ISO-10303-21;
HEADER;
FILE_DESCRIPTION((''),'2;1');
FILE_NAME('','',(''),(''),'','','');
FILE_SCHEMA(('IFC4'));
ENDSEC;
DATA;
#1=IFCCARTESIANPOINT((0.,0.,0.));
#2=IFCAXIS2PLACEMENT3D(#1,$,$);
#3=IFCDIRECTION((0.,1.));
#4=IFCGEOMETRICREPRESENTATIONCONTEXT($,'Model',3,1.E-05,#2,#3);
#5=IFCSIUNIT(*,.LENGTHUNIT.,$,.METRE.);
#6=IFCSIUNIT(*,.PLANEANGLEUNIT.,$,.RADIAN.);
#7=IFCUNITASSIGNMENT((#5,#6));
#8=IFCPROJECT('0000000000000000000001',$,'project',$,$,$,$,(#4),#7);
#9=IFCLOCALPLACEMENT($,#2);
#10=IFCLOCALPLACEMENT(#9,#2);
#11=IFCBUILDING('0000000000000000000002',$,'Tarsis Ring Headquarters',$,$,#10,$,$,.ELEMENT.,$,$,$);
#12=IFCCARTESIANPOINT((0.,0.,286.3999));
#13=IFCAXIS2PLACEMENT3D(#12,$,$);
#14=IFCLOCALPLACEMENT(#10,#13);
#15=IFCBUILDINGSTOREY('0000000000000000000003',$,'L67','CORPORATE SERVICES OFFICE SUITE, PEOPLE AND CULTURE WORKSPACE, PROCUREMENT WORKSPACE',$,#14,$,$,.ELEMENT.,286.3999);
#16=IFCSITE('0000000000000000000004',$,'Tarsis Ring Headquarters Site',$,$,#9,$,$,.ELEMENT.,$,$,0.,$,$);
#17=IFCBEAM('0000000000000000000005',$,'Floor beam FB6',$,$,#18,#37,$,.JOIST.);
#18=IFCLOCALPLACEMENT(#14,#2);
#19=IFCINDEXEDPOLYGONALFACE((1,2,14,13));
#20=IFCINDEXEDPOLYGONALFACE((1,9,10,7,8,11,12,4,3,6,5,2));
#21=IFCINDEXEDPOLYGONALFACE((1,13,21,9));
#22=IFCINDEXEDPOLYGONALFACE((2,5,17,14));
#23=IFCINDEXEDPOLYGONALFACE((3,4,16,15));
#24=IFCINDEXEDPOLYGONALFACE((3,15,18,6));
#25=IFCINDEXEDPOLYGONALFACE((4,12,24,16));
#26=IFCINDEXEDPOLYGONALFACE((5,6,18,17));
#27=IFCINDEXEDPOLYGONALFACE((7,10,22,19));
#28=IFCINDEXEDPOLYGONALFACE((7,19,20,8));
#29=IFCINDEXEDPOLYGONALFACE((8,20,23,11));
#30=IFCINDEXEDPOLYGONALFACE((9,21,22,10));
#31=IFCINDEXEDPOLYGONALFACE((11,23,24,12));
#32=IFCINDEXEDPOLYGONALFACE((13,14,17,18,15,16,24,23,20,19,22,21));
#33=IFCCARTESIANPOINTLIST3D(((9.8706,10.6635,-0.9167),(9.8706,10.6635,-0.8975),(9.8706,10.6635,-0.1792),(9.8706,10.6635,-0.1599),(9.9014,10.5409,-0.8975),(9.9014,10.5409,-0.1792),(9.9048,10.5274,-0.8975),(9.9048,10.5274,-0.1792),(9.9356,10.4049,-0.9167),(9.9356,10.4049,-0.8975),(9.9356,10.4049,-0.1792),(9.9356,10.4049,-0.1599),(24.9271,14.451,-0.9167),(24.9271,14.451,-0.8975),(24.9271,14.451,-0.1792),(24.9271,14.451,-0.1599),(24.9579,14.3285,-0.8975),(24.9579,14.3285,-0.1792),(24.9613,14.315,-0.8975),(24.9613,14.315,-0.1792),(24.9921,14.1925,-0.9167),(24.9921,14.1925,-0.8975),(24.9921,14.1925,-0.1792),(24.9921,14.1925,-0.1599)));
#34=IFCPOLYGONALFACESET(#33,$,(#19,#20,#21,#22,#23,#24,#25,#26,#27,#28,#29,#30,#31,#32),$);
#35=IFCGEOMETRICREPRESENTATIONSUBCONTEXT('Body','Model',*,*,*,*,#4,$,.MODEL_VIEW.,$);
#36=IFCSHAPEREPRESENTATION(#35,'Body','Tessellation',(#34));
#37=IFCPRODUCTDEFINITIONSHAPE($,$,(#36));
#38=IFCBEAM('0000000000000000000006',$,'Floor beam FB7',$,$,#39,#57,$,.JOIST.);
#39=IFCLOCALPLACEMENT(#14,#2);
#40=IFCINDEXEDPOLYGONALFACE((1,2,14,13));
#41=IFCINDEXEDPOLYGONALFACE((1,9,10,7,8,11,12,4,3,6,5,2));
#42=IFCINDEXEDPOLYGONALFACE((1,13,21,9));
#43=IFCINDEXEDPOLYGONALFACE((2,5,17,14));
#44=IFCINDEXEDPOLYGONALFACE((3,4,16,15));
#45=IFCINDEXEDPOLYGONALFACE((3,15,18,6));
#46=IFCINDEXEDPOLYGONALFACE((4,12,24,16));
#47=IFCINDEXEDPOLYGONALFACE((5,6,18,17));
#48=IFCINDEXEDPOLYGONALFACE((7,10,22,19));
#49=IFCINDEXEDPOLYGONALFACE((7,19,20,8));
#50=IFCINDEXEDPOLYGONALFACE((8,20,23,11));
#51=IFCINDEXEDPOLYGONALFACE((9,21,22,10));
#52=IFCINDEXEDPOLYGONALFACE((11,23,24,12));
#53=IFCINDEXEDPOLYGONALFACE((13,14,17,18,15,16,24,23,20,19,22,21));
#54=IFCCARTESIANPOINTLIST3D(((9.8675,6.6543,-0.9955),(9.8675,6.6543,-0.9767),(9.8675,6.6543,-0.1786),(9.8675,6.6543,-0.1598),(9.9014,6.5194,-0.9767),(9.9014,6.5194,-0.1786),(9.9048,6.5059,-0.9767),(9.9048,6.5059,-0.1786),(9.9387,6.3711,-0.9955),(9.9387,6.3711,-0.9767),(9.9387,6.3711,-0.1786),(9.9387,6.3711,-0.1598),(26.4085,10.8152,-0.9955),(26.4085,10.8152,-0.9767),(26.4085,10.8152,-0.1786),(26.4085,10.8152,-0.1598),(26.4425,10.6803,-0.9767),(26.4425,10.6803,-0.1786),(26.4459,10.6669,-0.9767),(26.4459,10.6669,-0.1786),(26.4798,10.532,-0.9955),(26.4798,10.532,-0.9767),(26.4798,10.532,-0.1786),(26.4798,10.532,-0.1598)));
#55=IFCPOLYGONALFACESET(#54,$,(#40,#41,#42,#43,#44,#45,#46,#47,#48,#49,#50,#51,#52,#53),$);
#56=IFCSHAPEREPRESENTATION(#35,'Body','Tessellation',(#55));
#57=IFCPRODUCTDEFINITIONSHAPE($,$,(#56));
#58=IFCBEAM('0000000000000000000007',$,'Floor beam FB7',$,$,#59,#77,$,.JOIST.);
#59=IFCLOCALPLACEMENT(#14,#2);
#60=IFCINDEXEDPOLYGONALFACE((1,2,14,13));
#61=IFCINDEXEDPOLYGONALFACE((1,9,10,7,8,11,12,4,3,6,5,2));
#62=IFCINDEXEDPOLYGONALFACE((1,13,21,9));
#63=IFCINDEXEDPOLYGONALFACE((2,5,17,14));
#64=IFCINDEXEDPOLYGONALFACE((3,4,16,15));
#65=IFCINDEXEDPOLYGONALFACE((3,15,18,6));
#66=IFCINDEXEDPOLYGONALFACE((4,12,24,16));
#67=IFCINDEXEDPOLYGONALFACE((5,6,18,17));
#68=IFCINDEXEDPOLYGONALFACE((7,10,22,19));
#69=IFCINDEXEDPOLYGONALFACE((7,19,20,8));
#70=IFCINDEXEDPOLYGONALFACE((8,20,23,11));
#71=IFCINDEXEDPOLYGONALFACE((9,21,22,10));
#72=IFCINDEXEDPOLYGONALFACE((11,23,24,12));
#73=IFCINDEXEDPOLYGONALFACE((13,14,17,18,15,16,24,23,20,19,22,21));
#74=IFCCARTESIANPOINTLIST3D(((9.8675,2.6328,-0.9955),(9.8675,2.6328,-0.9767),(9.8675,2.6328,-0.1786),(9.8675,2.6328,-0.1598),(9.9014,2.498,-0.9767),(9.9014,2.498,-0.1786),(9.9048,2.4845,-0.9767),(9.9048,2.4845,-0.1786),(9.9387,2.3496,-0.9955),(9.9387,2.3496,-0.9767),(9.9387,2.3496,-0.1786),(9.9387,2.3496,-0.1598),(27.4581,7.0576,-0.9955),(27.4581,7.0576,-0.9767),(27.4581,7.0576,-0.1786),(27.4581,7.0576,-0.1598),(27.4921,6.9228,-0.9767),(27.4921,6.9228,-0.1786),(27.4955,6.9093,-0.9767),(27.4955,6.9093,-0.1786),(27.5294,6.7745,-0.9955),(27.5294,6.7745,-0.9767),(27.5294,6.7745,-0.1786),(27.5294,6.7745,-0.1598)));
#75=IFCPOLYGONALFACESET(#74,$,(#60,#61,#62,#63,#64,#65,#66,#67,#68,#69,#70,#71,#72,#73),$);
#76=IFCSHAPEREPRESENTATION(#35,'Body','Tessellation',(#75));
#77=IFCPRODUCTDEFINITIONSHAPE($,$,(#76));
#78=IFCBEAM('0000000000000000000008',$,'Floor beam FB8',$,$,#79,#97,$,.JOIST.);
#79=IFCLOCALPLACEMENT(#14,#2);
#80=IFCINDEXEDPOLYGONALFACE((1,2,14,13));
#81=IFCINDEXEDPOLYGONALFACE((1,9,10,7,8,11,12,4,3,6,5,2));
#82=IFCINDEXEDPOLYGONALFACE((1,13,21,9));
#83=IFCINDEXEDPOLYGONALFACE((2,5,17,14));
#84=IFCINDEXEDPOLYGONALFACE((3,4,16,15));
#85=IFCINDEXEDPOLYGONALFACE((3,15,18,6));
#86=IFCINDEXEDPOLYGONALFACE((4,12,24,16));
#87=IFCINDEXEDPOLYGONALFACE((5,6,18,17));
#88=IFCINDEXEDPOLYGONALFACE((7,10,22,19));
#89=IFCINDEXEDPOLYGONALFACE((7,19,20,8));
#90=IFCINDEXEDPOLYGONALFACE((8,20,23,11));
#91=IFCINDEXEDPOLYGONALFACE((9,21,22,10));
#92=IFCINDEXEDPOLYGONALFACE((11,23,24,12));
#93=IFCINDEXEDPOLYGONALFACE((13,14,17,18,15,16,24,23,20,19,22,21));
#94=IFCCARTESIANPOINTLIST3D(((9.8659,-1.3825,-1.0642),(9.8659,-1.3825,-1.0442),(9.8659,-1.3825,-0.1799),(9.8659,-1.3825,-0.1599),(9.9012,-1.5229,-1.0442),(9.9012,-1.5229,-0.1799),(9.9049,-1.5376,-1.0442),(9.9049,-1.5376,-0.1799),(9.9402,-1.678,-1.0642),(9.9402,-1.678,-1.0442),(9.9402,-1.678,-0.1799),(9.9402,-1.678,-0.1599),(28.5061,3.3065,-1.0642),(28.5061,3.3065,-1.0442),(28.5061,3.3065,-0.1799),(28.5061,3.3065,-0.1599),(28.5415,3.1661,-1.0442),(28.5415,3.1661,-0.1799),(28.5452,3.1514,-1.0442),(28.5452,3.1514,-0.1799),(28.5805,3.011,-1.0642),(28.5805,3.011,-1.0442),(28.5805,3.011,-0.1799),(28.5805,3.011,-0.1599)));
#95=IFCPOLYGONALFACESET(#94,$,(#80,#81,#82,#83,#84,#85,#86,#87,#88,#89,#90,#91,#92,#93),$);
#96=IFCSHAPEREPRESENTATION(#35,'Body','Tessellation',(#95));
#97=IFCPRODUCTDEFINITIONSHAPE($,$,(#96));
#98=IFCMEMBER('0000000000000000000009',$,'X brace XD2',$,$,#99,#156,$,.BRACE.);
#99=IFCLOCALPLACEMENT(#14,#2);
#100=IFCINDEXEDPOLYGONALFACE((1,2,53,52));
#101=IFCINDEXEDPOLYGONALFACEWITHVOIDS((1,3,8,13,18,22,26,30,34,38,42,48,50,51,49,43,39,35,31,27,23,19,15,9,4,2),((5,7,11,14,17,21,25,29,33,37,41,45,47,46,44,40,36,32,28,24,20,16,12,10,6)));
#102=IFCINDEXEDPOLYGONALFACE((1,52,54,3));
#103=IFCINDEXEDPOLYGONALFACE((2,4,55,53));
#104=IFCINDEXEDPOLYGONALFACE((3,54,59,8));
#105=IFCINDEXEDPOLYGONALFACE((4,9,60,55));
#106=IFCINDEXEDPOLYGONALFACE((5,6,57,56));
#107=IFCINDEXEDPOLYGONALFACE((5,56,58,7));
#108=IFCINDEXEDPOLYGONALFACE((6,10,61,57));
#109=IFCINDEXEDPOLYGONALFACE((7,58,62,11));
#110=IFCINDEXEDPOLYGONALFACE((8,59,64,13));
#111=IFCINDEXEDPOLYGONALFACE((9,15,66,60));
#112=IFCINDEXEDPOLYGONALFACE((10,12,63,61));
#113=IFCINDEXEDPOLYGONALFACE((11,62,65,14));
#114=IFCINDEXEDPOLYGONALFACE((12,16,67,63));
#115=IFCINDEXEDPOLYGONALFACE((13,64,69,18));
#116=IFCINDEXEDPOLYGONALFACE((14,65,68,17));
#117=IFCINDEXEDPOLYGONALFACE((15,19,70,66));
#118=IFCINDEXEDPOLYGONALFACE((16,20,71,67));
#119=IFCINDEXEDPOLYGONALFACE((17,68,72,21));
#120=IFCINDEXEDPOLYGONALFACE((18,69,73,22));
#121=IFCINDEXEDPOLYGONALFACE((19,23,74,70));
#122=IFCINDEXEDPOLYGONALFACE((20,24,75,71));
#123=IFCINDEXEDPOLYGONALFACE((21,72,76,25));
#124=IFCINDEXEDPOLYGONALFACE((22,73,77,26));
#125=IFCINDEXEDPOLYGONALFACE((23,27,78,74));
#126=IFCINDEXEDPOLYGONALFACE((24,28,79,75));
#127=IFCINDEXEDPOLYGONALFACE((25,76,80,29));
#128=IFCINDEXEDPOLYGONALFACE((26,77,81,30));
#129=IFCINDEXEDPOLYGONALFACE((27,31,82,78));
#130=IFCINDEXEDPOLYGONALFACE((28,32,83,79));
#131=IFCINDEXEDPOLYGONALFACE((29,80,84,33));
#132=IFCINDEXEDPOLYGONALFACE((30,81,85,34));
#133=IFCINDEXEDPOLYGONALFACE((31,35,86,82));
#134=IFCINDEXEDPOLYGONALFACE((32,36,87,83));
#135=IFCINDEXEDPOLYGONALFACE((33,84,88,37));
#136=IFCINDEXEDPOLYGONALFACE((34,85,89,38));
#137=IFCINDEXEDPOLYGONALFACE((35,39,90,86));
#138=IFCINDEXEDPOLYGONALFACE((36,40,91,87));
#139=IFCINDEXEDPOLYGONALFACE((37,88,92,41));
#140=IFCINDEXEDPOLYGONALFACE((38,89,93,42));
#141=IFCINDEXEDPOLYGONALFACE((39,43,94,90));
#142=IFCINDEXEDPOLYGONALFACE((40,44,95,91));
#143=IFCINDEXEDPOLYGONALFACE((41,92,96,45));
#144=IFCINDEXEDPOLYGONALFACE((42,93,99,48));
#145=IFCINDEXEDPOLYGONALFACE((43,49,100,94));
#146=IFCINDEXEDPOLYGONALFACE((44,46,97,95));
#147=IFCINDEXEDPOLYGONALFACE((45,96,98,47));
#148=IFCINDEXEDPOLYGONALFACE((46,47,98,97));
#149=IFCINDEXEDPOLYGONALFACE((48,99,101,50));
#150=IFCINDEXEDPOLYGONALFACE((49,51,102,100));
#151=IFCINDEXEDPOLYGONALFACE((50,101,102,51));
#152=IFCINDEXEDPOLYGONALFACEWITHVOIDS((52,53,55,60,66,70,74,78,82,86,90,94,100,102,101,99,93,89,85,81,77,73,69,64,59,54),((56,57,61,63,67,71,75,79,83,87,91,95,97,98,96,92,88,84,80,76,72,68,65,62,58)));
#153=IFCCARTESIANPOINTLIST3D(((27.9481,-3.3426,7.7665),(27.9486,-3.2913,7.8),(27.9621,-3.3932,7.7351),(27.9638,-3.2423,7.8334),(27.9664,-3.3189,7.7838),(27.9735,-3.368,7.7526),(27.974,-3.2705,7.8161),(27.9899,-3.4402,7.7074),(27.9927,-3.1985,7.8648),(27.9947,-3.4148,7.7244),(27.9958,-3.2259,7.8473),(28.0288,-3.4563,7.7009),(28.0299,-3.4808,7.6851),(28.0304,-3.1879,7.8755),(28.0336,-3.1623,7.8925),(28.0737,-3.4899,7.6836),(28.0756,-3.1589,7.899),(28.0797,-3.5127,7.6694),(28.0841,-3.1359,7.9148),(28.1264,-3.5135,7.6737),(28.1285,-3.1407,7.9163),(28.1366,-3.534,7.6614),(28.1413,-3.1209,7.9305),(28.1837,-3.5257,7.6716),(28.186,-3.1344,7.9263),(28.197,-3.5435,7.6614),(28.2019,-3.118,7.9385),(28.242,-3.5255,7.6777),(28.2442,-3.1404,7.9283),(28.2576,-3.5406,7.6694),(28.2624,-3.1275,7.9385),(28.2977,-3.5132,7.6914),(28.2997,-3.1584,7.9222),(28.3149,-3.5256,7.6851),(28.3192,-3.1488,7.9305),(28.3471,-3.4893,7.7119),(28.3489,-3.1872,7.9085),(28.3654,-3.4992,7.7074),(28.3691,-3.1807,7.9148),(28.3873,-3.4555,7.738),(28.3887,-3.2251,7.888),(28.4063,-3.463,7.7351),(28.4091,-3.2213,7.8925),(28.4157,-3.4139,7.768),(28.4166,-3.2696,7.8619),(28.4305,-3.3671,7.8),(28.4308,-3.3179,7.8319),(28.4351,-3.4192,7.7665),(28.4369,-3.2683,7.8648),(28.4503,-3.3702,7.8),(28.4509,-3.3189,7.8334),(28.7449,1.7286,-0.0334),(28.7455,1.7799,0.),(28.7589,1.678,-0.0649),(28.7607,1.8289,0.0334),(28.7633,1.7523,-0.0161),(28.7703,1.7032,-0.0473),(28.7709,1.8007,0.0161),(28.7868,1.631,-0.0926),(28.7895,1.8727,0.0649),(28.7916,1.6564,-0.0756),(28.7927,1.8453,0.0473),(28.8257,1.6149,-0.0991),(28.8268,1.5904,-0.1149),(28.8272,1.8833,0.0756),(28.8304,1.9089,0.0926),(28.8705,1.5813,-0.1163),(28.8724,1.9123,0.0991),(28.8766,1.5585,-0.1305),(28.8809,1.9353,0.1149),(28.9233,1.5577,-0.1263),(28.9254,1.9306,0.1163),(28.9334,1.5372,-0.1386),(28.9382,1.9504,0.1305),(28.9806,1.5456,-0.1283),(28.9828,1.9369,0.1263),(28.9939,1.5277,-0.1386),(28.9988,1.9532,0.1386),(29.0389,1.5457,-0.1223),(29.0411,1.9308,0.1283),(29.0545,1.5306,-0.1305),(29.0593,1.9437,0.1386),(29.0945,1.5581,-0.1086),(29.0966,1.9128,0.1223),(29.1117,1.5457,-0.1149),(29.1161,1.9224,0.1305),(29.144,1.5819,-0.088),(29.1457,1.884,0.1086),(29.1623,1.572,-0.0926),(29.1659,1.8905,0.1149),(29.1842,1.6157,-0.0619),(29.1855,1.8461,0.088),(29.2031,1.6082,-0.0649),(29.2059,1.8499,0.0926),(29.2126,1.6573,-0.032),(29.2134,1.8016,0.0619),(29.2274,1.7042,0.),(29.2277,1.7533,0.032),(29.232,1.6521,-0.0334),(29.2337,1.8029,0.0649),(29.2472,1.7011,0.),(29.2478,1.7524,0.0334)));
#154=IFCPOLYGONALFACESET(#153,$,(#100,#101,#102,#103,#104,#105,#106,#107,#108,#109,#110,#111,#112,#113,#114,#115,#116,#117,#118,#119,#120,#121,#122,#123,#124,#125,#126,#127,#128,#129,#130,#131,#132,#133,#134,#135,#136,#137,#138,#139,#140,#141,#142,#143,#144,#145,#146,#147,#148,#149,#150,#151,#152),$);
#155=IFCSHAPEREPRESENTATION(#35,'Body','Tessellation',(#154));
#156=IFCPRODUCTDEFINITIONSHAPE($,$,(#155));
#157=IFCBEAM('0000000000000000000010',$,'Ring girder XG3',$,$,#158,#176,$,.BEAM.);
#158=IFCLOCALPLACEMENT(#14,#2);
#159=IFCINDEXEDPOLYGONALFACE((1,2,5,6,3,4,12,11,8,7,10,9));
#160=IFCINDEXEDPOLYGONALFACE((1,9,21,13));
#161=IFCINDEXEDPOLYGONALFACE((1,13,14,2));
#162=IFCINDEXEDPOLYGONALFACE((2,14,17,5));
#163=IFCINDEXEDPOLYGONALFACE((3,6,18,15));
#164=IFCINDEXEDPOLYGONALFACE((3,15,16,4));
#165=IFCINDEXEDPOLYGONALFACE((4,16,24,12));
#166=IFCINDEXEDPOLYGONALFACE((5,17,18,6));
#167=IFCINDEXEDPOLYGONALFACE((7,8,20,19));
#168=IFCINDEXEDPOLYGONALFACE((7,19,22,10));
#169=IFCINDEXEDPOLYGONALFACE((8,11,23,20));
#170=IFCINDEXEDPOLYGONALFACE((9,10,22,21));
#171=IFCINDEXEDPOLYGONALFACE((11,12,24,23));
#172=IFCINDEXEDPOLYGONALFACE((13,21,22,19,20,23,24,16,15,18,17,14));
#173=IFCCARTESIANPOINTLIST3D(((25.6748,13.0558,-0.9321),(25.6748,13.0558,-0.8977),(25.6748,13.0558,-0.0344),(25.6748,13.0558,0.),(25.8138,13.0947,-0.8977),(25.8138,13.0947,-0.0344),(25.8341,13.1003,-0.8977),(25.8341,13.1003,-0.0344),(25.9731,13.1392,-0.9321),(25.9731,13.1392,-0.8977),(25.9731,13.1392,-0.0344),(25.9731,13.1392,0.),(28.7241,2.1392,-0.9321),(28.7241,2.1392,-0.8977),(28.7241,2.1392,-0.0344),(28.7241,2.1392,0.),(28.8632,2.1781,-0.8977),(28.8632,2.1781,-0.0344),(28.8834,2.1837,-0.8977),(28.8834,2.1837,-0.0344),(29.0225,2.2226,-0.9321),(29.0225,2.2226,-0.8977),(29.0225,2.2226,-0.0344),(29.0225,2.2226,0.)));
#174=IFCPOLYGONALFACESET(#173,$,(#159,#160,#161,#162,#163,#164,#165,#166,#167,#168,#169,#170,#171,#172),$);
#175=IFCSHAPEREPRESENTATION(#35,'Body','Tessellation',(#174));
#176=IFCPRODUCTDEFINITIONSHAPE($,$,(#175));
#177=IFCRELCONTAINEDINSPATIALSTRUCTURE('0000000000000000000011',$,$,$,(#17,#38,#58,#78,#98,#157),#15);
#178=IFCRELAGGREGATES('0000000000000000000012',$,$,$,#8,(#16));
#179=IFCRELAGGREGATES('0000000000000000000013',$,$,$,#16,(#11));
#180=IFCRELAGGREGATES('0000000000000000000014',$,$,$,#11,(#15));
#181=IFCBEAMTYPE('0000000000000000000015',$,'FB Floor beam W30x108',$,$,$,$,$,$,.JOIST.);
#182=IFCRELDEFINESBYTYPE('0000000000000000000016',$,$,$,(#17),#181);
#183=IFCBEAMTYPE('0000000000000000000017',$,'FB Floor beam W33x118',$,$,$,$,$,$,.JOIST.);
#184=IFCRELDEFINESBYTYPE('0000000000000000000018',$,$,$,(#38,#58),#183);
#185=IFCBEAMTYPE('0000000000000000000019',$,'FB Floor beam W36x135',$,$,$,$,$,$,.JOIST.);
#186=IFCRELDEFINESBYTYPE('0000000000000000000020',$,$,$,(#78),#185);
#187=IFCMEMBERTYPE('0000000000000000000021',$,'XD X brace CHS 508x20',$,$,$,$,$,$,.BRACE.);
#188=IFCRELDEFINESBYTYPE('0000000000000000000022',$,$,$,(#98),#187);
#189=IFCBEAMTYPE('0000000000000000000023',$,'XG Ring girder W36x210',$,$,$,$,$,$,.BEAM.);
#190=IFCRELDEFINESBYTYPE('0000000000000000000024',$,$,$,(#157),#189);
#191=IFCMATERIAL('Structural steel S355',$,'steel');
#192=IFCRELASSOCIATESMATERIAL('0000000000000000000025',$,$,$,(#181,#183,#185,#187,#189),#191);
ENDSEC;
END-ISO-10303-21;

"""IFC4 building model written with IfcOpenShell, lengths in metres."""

from ifc_helpers import new_model, si_unit, direction, frame, origin, origin_2d, place, context, subcontext, project, spatial, hollow_circle, i_section, extrude, material, material_profile, profile_set, type_object, element, save


model = new_model("IFC4")

# Units and contexts
model_context = context("Model", 3, precision=1e-05, world=origin(), true_north=direction((0.0, 1.0)))
body_context = subcontext(model_context, "Body", "Model", "MODEL_VIEW")
ifc_project = project(units=[si_unit("LENGTHUNIT", "METRE"), si_unit("PLANEANGLEUNIT", "RADIAN")], contexts=[model_context])

# Site, building, storey
site_placement = place(None, origin())
site = spatial("IfcSite", under=ifc_project, at=site_placement, Name="Tarsis Ring Headquarters Site", CompositionType="ELEMENT", RefElevation=0.0)
building_placement = place(site_placement, origin())
building = spatial("IfcBuilding", under=site, at=building_placement, Name="Tarsis Ring Headquarters", CompositionType="ELEMENT")
storey_placement = place(building_placement, frame((0.0, 0.0, 286.3999)))
storey = spatial("IfcBuildingStorey", under=building, at=storey_placement, Name="L67", Description="CORPORATE SERVICES OFFICE SUITE, PEOPLE AND CULTURE WORKSPACE, PROCUREMENT WORKSPACE", CompositionType="ELEMENT", Elevation=286.3999)

# Shared definitions
ifc_material_1 = material(Name="Structural steel S355", Category="steel")

# Beams
ifc_material_profile_1 = material_profile(ifc_material_1, i_section(OverallWidth=0.2666, OverallDepth=0.7568, WebThickness=0.0139, FlangeThickness=0.0193, at=origin_2d()), Name="W30x108")
ifc_profile_set_1 = profile_set([ifc_material_profile_1], Name="Structural steel S355")
beam_type_1 = type_object("IfcBeamType", Name="FB Floor beam W30x108", PredefinedType="JOIST", material=ifc_profile_set_1)
beam_1_placement = place(storey_placement, frame((9.9031, 10.5342, -0.5383), z_axis=(0.969786, 0.243956, 0.0), x_axis=(-0.243956, 0.969786, 0.0)))
element("IfcBeam", 1, at=beam_1_placement, inside=storey, type_object=beam_type_1, Name="Floor beam FB6", PredefinedType="JOIST", context=body_context, shape_type="SweptSolid", body=[
    extrude(i_section(OverallWidth=0.2666, OverallDepth=0.7568, WebThickness=0.0139, FlangeThickness=0.0193, at=origin_2d()), origin(), (0.0, 0.0, 1.0), 15.5256),
])
ifc_material_profile_2 = material_profile(ifc_material_1, i_section(OverallWidth=0.292, OverallDepth=0.8357, WebThickness=0.0139, FlangeThickness=0.0188, at=origin_2d()), Name="W33x118")
ifc_profile_set_2 = profile_set([ifc_material_profile_2], Name="Structural steel S355")
beam_type_2 = type_object("IfcBeamType", Name="FB Floor beam W33x118", PredefinedType="JOIST", material=ifc_profile_set_2)
beam_2_placement = place(storey_placement, frame((9.9031, 6.5127, -0.5776), z_axis=(0.969788, 0.24395, 0.0), x_axis=(-0.24395, 0.969788, 0.0)))
element("IfcBeam", 2, at=beam_2_placement, inside=storey, type_object=beam_type_2, Name="Floor beam FB7", PredefinedType="JOIST", context=body_context, shape_type="SweptSolid", body=[
    extrude(i_section(OverallWidth=0.292, OverallDepth=0.8357, WebThickness=0.0139, FlangeThickness=0.0188, at=origin_2d()), origin(), (0.0, 0.0, 1.0), 17.0564),
])
beam_3_placement = place(storey_placement, frame((9.9031, 2.4912, -0.5776), z_axis=(0.969789, 0.243945, 0.0), x_axis=(-0.243945, 0.969789, 0.0)))
element("IfcBeam", 3, at=beam_3_placement, inside=storey, type_object=beam_type_2, Name="Floor beam FB7", PredefinedType="JOIST", context=body_context, shape_type="SweptSolid", body=[
    extrude(i_section(OverallWidth=0.292, OverallDepth=0.8357, WebThickness=0.0139, FlangeThickness=0.0188, at=origin_2d()), origin(), (0.0, 0.0, 1.0), 18.1387),
])
ifc_material_profile_3 = material_profile(ifc_material_1, i_section(OverallWidth=0.3047, OverallDepth=0.9043, WebThickness=0.0151, FlangeThickness=0.02, at=origin_2d()), Name="W36x135")
ifc_profile_set_3 = profile_set([ifc_material_profile_3], Name="Structural steel S355")
beam_type_3 = type_object("IfcBeamType", Name="FB Floor beam W36x135", PredefinedType="JOIST", material=ifc_profile_set_3)
beam_4_placement = place(storey_placement, frame((9.9031, -1.5303, -0.6121), z_axis=(0.969787, 0.243952, 0.0), x_axis=(-0.243952, 0.969787, 0.0)))
element("IfcBeam", 4, at=beam_4_placement, inside=storey, type_object=beam_type_3, Name="Floor beam FB8", PredefinedType="JOIST", context=body_context, shape_type="SweptSolid", body=[
    extrude(i_section(OverallWidth=0.3047, OverallDepth=0.9043, WebThickness=0.0151, FlangeThickness=0.02, at=origin_2d()), origin(), (0.0, 0.0, 1.0), 19.2209),
])

# Member
ifc_material_profile_4 = material_profile(ifc_material_1, hollow_circle(Radius=0.2539, WallThickness=0.02, at=origin_2d()), Name="CHS 508x20")
ifc_profile_set_4 = profile_set([ifc_material_profile_4], Name="Structural steel S355")
member_type = type_object("IfcMemberType", Name="XD X brace CHS 508x20", PredefinedType="BRACE", material=ifc_profile_set_4)
member_placement = place(storey_placement, frame((28.9963, 1.7405, 0.0), z_axis=(-0.085339, -0.543095, 0.835323), x_axis=(0.987878, -0.15523, 0.0)))
element("IfcMember", 5, at=member_placement, inside=storey, type_object=member_type, Name="X brace XD2", PredefinedType="BRACE", context=body_context, shape_type="SweptSolid", body=[
    extrude(hollow_circle(Radius=0.2539, WallThickness=0.02, at=origin_2d()), origin(), (0.0, 0.0, 1.0), 9.3376),
])

# Beam
ifc_material_profile_5 = material_profile(ifc_material_1, i_section(OverallWidth=0.3098, OverallDepth=0.9321, WebThickness=0.021, FlangeThickness=0.0344, at=origin_2d()), Name="W36x210")
ifc_profile_set_5 = profile_set([ifc_material_profile_5], Name="Structural steel S355")
beam_type_4 = type_object("IfcBeamType", Name="XG Ring girder W36x210", PredefinedType="BEAM", material=ifc_profile_set_5)
for number, where, z_axis, x_axis, name in (
    (6, (28.8733, 2.1809, -0.4661), (-0.269032, 0.963131, 0.0), (-0.963131, -0.269032, 0.0), "Ring girder XG3"),
):
    element("IfcBeam", number, at=place(storey_placement, frame(where, z_axis=z_axis, x_axis=x_axis)), inside=storey, type_object=beam_type_4, Name=name, PredefinedType="BEAM", context=body_context, shape_type="SweptSolid", body=[
        extrude(i_section(OverallWidth=0.3098, OverallDepth=0.9321, WebThickness=0.021, FlangeThickness=0.0344, at=origin_2d()), origin(), (0.0, 0.0, 1.0), 11.3345),
    ])

save(model, "model.ifc")
